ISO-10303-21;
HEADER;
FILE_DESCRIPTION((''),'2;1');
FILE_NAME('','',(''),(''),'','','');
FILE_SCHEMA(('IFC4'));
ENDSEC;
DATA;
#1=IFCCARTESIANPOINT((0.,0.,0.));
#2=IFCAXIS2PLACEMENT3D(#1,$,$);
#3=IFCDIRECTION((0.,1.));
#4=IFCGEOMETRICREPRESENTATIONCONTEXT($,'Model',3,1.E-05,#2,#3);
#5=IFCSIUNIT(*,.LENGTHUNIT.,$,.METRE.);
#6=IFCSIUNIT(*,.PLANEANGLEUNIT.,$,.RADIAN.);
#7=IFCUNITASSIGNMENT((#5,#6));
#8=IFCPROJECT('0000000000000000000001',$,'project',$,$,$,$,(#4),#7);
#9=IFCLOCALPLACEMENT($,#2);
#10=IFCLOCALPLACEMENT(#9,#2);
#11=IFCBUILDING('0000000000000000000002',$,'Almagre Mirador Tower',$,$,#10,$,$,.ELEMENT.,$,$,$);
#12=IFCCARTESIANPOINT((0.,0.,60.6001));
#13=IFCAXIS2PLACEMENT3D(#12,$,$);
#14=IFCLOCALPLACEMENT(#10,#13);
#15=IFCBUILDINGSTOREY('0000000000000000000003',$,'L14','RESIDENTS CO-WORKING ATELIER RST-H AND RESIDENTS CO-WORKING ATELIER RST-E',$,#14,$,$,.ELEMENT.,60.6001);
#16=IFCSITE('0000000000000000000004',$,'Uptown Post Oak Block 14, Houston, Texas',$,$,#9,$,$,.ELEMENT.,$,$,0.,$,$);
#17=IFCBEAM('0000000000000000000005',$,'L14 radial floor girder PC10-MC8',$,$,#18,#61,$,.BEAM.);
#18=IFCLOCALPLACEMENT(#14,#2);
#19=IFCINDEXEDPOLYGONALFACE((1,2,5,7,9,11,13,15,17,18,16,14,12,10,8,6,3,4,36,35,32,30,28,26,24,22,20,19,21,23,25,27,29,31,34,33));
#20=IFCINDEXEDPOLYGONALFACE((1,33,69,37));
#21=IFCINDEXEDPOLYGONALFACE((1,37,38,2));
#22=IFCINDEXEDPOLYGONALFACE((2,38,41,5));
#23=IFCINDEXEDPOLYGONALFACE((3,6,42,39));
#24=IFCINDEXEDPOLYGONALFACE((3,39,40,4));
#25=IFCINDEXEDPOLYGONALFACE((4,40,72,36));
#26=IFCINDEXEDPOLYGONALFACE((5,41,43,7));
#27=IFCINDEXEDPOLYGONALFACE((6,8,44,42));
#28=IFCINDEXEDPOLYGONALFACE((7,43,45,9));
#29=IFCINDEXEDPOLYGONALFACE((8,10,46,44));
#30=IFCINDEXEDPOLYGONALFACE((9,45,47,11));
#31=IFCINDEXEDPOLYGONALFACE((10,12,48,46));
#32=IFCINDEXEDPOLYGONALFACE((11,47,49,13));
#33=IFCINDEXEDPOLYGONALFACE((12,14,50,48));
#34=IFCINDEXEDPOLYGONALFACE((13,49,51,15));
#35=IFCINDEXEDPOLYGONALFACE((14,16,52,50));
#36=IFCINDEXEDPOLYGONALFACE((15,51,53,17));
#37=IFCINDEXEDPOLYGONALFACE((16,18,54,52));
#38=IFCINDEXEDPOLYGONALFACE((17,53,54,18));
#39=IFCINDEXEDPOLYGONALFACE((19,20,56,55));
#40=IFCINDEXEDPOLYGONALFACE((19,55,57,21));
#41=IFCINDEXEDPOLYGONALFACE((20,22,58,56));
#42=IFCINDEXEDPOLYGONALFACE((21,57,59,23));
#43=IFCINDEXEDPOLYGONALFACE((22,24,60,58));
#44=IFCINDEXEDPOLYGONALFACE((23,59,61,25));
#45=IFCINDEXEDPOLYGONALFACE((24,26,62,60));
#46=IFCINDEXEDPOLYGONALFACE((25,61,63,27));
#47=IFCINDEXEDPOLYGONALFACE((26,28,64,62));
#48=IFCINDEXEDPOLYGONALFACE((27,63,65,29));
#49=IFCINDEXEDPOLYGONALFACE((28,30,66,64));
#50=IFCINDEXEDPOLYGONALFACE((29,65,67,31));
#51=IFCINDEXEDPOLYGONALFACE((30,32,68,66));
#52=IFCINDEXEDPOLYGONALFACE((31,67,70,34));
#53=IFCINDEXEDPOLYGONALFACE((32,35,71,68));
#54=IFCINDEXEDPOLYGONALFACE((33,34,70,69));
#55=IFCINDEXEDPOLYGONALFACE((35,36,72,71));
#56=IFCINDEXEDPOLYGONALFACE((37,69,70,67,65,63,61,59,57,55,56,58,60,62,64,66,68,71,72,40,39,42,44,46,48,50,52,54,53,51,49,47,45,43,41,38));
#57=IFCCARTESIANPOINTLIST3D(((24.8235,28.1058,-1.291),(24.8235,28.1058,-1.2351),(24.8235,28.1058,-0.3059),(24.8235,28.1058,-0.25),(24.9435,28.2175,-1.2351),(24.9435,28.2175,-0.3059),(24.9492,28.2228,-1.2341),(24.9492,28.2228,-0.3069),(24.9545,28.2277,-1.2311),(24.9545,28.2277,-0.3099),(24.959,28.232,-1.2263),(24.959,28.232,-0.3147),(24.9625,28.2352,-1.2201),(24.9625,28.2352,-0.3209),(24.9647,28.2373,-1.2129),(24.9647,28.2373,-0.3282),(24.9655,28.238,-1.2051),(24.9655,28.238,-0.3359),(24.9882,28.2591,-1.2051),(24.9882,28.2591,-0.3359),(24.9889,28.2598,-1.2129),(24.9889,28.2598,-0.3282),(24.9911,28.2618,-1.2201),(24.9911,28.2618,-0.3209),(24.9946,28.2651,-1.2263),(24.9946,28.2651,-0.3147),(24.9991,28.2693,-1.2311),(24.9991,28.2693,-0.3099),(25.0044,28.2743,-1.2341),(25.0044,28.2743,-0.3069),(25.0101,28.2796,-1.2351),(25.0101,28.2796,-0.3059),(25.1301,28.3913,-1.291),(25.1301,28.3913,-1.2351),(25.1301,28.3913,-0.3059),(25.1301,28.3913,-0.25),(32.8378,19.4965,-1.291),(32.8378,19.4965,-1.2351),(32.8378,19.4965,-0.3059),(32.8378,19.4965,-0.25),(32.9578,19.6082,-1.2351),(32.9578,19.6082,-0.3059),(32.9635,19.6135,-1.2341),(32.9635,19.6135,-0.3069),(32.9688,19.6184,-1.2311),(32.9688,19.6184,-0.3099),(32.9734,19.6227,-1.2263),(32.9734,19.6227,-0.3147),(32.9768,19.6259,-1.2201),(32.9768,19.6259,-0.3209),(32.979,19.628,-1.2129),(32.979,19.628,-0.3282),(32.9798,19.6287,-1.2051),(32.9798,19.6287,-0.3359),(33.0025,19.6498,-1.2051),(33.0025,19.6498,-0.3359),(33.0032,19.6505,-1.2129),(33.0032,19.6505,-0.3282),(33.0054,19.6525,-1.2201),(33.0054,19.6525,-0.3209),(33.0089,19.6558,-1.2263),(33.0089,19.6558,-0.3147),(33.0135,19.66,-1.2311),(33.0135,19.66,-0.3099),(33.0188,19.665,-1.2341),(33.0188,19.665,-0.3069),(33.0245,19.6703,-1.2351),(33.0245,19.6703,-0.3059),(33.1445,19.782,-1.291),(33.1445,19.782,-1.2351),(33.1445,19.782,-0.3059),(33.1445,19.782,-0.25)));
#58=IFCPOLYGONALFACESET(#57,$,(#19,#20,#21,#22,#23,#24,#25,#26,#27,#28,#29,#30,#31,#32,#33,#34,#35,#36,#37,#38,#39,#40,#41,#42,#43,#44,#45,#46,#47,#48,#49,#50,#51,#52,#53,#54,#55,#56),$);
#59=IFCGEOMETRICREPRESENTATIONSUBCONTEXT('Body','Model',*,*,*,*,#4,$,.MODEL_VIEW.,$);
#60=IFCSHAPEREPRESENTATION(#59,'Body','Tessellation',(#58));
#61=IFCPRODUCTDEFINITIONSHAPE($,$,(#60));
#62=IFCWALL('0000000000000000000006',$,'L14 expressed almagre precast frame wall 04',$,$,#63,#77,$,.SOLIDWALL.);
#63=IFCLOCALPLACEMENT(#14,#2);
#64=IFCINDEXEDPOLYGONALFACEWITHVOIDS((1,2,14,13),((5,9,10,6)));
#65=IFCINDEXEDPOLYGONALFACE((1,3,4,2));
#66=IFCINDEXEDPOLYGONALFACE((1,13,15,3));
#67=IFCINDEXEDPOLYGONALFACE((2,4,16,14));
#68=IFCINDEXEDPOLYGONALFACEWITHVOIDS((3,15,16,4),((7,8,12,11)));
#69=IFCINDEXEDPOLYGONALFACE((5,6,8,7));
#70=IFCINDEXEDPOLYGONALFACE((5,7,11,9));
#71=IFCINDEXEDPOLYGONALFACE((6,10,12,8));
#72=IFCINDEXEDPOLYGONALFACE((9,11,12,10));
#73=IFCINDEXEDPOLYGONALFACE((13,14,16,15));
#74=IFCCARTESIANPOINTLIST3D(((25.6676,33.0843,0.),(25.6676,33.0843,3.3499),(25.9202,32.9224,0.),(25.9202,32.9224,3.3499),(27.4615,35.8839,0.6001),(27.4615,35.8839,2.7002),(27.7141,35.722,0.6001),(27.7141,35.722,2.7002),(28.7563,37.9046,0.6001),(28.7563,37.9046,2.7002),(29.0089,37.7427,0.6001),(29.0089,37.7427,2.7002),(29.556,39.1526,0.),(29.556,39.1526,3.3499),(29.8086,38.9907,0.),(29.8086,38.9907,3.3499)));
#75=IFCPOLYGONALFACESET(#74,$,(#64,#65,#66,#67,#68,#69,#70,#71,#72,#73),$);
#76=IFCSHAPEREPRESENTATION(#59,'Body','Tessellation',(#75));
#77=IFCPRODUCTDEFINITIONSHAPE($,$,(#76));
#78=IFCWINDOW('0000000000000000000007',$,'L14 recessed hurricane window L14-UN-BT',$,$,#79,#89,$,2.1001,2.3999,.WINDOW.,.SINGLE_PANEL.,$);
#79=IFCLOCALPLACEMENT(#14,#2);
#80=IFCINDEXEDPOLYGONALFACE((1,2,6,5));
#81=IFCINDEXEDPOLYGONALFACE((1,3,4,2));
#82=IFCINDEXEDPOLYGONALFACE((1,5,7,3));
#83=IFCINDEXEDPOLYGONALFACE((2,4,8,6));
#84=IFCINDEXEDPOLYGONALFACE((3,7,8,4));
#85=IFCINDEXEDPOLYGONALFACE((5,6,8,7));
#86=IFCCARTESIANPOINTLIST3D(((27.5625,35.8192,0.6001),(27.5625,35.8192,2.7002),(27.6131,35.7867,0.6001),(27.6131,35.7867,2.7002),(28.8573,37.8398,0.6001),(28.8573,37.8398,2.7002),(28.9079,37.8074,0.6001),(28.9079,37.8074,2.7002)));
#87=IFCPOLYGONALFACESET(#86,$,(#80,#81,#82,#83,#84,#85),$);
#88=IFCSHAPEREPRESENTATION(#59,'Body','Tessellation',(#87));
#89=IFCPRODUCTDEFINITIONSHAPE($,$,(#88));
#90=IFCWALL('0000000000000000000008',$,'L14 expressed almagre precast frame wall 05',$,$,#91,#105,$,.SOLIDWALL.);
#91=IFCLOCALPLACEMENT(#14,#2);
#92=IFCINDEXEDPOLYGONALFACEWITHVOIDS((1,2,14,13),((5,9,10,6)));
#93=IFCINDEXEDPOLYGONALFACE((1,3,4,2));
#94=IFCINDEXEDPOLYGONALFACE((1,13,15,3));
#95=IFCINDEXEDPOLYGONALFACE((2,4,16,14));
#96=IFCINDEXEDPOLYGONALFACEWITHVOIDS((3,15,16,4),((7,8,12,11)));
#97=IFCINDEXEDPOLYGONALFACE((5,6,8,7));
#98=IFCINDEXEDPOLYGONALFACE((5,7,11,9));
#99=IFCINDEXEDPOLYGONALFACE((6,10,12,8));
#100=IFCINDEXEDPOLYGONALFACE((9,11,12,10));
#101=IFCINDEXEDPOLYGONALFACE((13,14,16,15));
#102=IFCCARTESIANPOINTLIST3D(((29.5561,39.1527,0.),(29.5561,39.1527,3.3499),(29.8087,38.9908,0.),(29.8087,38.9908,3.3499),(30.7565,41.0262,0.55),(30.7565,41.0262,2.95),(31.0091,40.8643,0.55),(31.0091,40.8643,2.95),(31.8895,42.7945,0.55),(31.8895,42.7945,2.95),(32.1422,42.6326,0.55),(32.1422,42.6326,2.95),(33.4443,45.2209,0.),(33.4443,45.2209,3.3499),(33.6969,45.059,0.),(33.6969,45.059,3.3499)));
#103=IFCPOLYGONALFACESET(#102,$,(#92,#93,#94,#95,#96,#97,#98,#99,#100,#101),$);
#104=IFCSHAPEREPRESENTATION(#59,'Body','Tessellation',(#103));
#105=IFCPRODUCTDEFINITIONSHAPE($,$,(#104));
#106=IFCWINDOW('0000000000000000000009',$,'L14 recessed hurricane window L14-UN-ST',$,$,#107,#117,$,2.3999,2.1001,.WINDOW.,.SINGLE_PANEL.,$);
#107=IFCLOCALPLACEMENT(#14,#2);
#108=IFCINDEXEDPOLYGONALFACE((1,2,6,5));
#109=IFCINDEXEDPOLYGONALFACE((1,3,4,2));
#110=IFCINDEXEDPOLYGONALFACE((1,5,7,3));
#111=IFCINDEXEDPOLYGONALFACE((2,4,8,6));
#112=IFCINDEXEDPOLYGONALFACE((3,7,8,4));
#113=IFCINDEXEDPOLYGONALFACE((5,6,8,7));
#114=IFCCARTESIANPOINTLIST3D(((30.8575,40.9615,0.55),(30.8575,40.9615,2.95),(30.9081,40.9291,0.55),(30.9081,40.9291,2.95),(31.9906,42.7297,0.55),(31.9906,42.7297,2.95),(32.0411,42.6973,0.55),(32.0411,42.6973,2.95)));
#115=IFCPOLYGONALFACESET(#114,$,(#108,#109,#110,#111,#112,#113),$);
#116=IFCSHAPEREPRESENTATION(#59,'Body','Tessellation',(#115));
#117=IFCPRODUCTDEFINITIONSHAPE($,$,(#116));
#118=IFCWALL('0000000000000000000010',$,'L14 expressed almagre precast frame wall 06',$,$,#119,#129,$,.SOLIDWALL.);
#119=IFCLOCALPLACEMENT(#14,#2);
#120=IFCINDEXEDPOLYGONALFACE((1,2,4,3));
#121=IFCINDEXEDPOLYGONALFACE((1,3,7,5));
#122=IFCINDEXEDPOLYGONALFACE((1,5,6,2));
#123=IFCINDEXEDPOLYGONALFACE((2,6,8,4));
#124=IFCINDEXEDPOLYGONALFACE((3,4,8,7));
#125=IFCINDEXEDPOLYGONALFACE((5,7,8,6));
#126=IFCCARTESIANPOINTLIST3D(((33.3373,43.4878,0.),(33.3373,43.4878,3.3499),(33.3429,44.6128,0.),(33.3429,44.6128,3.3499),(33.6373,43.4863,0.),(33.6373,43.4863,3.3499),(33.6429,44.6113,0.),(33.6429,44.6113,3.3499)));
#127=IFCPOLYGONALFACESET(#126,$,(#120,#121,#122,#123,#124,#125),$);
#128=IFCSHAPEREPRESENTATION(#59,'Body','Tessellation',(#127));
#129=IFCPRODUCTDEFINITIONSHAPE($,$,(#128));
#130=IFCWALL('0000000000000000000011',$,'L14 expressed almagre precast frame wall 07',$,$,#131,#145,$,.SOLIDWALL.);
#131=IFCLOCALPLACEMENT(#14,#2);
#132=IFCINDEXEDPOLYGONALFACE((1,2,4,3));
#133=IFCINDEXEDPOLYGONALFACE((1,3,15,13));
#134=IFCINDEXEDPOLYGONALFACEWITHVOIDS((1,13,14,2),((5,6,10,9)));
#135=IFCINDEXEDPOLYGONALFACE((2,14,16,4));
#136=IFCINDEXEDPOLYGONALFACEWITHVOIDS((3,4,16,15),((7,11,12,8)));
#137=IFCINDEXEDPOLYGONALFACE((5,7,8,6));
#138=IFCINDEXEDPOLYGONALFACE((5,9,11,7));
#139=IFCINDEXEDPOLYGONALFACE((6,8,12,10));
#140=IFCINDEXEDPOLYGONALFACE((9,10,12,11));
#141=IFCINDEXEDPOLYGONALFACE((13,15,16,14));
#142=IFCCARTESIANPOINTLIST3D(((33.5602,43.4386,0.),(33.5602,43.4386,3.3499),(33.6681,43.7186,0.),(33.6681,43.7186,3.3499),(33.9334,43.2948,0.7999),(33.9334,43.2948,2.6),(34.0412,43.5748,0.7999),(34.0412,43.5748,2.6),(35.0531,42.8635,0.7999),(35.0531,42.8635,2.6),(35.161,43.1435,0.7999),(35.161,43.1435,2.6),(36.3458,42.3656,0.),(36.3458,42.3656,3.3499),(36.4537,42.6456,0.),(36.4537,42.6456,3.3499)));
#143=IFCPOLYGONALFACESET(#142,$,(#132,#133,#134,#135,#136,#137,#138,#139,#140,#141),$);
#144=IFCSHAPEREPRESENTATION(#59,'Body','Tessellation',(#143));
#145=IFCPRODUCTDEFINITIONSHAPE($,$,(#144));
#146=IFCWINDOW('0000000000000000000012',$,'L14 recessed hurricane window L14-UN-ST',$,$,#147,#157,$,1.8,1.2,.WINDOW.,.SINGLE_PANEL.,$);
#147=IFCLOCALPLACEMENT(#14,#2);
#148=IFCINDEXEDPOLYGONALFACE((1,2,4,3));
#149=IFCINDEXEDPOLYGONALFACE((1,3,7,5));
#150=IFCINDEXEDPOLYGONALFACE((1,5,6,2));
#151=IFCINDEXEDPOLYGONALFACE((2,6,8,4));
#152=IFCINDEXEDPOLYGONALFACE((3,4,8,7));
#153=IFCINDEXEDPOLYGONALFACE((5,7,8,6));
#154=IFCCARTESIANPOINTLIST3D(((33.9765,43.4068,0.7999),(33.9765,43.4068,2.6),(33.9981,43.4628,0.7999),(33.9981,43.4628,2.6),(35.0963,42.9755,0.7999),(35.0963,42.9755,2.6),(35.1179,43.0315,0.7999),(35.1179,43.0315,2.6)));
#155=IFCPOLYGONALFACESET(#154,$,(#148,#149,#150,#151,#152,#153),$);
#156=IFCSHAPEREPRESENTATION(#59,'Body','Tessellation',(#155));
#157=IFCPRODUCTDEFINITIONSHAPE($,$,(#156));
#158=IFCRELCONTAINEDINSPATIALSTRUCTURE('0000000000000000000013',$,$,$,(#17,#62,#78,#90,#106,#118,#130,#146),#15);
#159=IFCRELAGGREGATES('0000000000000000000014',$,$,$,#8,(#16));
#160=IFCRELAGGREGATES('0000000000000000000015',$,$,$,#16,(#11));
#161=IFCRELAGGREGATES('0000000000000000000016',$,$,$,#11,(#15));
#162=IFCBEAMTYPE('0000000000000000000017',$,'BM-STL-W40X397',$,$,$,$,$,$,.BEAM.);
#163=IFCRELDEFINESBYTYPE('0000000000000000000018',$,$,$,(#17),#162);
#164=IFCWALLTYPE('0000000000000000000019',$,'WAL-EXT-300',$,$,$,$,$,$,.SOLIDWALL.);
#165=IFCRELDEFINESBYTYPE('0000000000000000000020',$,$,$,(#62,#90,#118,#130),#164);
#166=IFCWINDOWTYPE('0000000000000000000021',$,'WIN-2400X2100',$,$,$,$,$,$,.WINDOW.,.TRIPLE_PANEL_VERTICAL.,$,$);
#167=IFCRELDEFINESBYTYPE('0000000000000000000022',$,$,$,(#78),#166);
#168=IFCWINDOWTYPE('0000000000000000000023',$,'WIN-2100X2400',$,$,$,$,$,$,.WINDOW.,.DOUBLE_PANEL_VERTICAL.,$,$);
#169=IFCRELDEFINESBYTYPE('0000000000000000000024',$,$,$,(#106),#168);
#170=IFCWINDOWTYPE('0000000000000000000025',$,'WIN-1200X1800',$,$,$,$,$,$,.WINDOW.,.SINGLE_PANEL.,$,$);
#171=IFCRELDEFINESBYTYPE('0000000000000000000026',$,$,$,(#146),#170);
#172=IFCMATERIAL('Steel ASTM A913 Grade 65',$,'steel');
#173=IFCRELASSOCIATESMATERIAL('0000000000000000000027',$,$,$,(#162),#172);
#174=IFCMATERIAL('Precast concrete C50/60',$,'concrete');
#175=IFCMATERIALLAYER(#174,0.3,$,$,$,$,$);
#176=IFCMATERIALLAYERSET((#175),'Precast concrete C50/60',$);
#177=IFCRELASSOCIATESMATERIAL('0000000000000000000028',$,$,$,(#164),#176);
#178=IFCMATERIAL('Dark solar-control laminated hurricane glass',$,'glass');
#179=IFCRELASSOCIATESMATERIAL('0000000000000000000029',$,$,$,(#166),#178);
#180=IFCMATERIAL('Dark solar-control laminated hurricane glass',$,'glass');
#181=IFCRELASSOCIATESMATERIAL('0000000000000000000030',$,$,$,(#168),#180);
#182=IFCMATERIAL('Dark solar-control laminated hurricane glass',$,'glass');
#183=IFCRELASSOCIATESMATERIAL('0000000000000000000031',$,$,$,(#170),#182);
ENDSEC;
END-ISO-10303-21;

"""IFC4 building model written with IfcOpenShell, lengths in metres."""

from ifc_helpers import new_model, si_unit, direction, frame, frame_2d, origin, origin_2d, place, context, subcontext, project, spatial, rectangle, i_section, extrude, material, layer, layer_set, material_profile, profile_set, type_object, element, fill, save


model = new_model("IFC4")

# Units and contexts
model_context = context("Model", 3, precision=1e-05, world=origin(), true_north=direction((0.0, 1.0)))
body_context = subcontext(model_context, "Body", "Model", "MODEL_VIEW")
ifc_project = project(units=[si_unit("LENGTHUNIT", "METRE"), si_unit("PLANEANGLEUNIT", "RADIAN")], contexts=[model_context])

# Site, building, storey
site_placement = place(None, origin())
site = spatial("IfcSite", under=ifc_project, at=site_placement, Name="Uptown Post Oak Block 14, Houston, Texas", CompositionType="ELEMENT", RefElevation=0.0)
building_placement = place(site_placement, origin())
building = spatial("IfcBuilding", under=site, at=building_placement, Name="Almagre Mirador Tower", CompositionType="ELEMENT")
storey_placement = place(building_placement, frame((0.0, 0.0, 60.6001)))
storey = spatial("IfcBuildingStorey", under=building, at=storey_placement, Name="L14", Description="RESIDENTS CO-WORKING ATELIER RST-H AND RESIDENTS CO-WORKING ATELIER RST-E", CompositionType="ELEMENT", Elevation=60.6001)

# Beam
ifc_material_1 = material(Name="Steel ASTM A913 Grade 65", Category="steel")
ifc_material_profile_1 = material_profile(ifc_material_1, i_section(OverallWidth=0.4189, OverallDepth=1.041, WebThickness=0.031, FlangeThickness=0.0559, FilletRadius=0.03, at=origin_2d()), Name="W40X397")
ifc_profile_set_1 = profile_set([ifc_material_profile_1], Name="Steel ASTM A913 Grade 65")
beam_type_1 = type_object("IfcBeamType", Name="BM-STL-W40X397", PredefinedType="BEAM", material=ifc_profile_set_1)
beam_1_placement = place(storey_placement, frame((24.9768, 28.2485, -0.7705), z_axis=(0.681363, -0.731946, 0.0), x_axis=(0.731946, 0.681363, 0.0)))
element("IfcBeam", 1, at=beam_1_placement, inside=storey, type_object=beam_type_1, Name="L14 radial floor girder PC10-MC8", PredefinedType="BEAM", context=body_context, shape_type="SweptSolid", body=[
    extrude(i_section(OverallWidth=0.4189, OverallDepth=1.041, WebThickness=0.031, FlangeThickness=0.0559, FilletRadius=0.03, at=origin_2d()), origin(), (0.0, 0.0, 1.0), 11.7622),
])

# Walls, openings, windows
ifc_material_2 = material(Name="Precast concrete C50/60", Category="concrete")
ifc_layer_1 = layer(ifc_material_2, 0.3)
ifc_layer_set_1 = layer_set([ifc_layer_1], Name="Precast concrete C50/60")
wall_type_1 = type_object("IfcWallType", Name="WAL-EXT-300", PredefinedType="SOLIDWALL", material=ifc_layer_set_1)
wall_1_placement = place(storey_placement, frame((25.7939, 33.0034, 0.0), z_axis=(0.0, 0.0, 1.0), x_axis=(0.539514, 0.841977, 0.0)))
wall_1 = element("IfcWall", 2, at=wall_1_placement, inside=storey, type_object=wall_type_1, Name="L14 expressed almagre precast frame wall 04", PredefinedType="SOLIDWALL", context=body_context, shape_type="SweptSolid", body=[
    extrude(rectangle(XDim=7.2073, YDim=0.3, at=frame_2d((3.6035, 0.0))), origin(), (0.0, 0.0, 1.0), 3.3499),
])
opening_1_placement = place(wall_1_placement, frame((3.325, 0.0, 0.6001)))
opening_1 = element("IfcOpeningElement", 3, at=opening_1_placement, cuts=wall_1, PredefinedType="OPENING", context=body_context, shape_type="SweptSolid", body=[
    extrude(rectangle(XDim=2.3999, YDim=2.1001, at=frame_2d((1.2, 1.05))), frame((0.0, 0.1599, 0.0), z_axis=(0.0, -1.0, 0.0), x_axis=(1.0, 0.0, 0.0)), (0.0, 0.0, 1.0), 0.32),
])
ifc_material_3 = material(Name="Dark solar-control laminated hurricane glass", Category="glass")
window_type_1 = type_object("IfcWindowType", Name="WIN-2400X2100", PartitioningType="TRIPLE_PANEL_VERTICAL", PredefinedType="WINDOW", material=ifc_material_3)
window_1_placement = place(opening_1_placement, origin())
window_1 = element("IfcWindow", 4, at=window_1_placement, inside=storey, type_object=window_type_1, Name="L14 recessed hurricane window L14-UN-BT", OverallHeight=2.1001, OverallWidth=2.3999, PartitioningType="SINGLE_PANEL", PredefinedType="WINDOW", context=body_context, shape_type="SweptSolid", body=[
    extrude(rectangle(XDim=2.3999, YDim=2.1001, at=frame_2d((1.2, 1.05))), frame((0.0, 0.03, 0.0), z_axis=(0.0, -1.0, 0.0), x_axis=(1.0, 0.0, 0.0)), (0.0, 0.0, 1.0), 0.0601),
])
fill(opening_1, window_1)
wall_2_placement = place(storey_placement, frame((29.6824, 39.0718, 0.0), z_axis=(0.0, 0.0, 1.0), x_axis=(0.539505, 0.841982, 0.0)))
wall_2 = element("IfcWall", 5, at=wall_2_placement, inside=storey, type_object=wall_type_1, Name="L14 expressed almagre precast frame wall 05", PredefinedType="SOLIDWALL", context=body_context, shape_type="SweptSolid", body=[
    extrude(rectangle(XDim=7.207, YDim=0.3, at=frame_2d((3.6035, 0.0))), origin(), (0.0, 0.0, 1.0), 3.3499),
])
opening_2_placement = place(wall_2_placement, frame((2.2251, 0.0, 0.55)))
opening_2 = element("IfcOpeningElement", 6, at=opening_2_placement, cuts=wall_2, PredefinedType="OPENING", context=body_context, shape_type="SweptSolid", body=[
    extrude(rectangle(XDim=2.1001, YDim=2.3999, at=frame_2d((1.05, 1.2))), frame((0.0, 0.1599, 0.0), z_axis=(0.0, -1.0, 0.0), x_axis=(1.0, 0.0, 0.0)), (0.0, 0.0, 1.0), 0.32),
])
ifc_material_4 = material(Name="Dark solar-control laminated hurricane glass", Category="glass")
window_type_2 = type_object("IfcWindowType", Name="WIN-2100X2400", PartitioningType="DOUBLE_PANEL_VERTICAL", PredefinedType="WINDOW", material=ifc_material_4)
window_2_placement = place(opening_2_placement, origin())
window_2 = element("IfcWindow", 7, at=window_2_placement, inside=storey, type_object=window_type_2, Name="L14 recessed hurricane window L14-UN-ST", OverallHeight=2.3999, OverallWidth=2.1001, PartitioningType="SINGLE_PANEL", PredefinedType="WINDOW", context=body_context, shape_type="SweptSolid", body=[
    extrude(rectangle(XDim=2.1001, YDim=2.3999, at=frame_2d((1.05, 1.2))), frame((0.0, 0.03, 0.0), z_axis=(0.0, -1.0, 0.0), x_axis=(1.0, 0.0, 0.0)), (0.0, 0.0, 1.0), 0.0601),
])
fill(opening_2, window_2)

# Wall
wall_3_placement = place(storey_placement, frame((33.4929, 44.6121, 0.0), z_axis=(0.0, 0.0, 1.0), x_axis=(-0.004991, -0.999988, 0.0)))
element("IfcWall", 8, at=wall_3_placement, inside=storey, type_object=wall_type_1, Name="L14 expressed almagre precast frame wall 06", PredefinedType="SOLIDWALL", context=body_context, shape_type="SweptSolid", body=[
    extrude(rectangle(XDim=1.125, YDim=0.3, at=frame_2d((0.5625, 0.0))), origin(), (0.0, 0.0, 1.0), 3.3499),
])

# Wall, opening, window
wall_4_placement = place(storey_placement, frame((33.614, 43.5786, 0.0), z_axis=(0.0, 0.0, 1.0), x_axis=(0.933166, -0.359445, 0.0)))
wall_4 = element("IfcWall", 9, at=wall_4_placement, inside=storey, type_object=wall_type_1, Name="L14 expressed almagre precast frame wall 07", PredefinedType="SOLIDWALL", context=body_context, shape_type="SweptSolid", body=[
    extrude(rectangle(XDim=2.9851, YDim=0.3, at=frame_2d((1.4927, 0.0))), origin(), (0.0, 0.0, 1.0), 3.3499),
])
opening_3_placement = place(wall_4_placement, frame((0.3999, 0.0, 0.8)))
opening_3 = element("IfcOpeningElement", 10, at=opening_3_placement, cuts=wall_4, PredefinedType="OPENING", context=body_context, shape_type="SweptSolid", body=[
    extrude(rectangle(XDim=1.2, YDim=1.8, at=frame_2d((0.6001, 0.8999))), frame((0.0, 0.1599, 0.0), z_axis=(0.0, -1.0, 0.0), x_axis=(1.0, 0.0, 0.0)), (0.0, 0.0, 1.0), 0.32),
])
ifc_material_5 = material(Name="Dark solar-control laminated hurricane glass", Category="glass")
window_type_3 = type_object("IfcWindowType", Name="WIN-1200X1800", PartitioningType="SINGLE_PANEL", PredefinedType="WINDOW", material=ifc_material_5)
window_3_placement = place(opening_3_placement, origin())
window_3 = element("IfcWindow", 11, at=window_3_placement, inside=storey, type_object=window_type_3, Name="L14 recessed hurricane window L14-UN-ST", OverallHeight=1.8, OverallWidth=1.2, PartitioningType="SINGLE_PANEL", PredefinedType="WINDOW", context=body_context, shape_type="SweptSolid", body=[
    extrude(rectangle(XDim=1.2, YDim=1.8, at=frame_2d((0.6001, 0.8999))), frame((0.0, 0.03, 0.0), z_axis=(0.0, -1.0, 0.0), x_axis=(1.0, 0.0, 0.0)), (0.0, 0.0, 1.0), 0.0601),
])
fill(opening_3, window_3)

save(model, "model.ifc")
